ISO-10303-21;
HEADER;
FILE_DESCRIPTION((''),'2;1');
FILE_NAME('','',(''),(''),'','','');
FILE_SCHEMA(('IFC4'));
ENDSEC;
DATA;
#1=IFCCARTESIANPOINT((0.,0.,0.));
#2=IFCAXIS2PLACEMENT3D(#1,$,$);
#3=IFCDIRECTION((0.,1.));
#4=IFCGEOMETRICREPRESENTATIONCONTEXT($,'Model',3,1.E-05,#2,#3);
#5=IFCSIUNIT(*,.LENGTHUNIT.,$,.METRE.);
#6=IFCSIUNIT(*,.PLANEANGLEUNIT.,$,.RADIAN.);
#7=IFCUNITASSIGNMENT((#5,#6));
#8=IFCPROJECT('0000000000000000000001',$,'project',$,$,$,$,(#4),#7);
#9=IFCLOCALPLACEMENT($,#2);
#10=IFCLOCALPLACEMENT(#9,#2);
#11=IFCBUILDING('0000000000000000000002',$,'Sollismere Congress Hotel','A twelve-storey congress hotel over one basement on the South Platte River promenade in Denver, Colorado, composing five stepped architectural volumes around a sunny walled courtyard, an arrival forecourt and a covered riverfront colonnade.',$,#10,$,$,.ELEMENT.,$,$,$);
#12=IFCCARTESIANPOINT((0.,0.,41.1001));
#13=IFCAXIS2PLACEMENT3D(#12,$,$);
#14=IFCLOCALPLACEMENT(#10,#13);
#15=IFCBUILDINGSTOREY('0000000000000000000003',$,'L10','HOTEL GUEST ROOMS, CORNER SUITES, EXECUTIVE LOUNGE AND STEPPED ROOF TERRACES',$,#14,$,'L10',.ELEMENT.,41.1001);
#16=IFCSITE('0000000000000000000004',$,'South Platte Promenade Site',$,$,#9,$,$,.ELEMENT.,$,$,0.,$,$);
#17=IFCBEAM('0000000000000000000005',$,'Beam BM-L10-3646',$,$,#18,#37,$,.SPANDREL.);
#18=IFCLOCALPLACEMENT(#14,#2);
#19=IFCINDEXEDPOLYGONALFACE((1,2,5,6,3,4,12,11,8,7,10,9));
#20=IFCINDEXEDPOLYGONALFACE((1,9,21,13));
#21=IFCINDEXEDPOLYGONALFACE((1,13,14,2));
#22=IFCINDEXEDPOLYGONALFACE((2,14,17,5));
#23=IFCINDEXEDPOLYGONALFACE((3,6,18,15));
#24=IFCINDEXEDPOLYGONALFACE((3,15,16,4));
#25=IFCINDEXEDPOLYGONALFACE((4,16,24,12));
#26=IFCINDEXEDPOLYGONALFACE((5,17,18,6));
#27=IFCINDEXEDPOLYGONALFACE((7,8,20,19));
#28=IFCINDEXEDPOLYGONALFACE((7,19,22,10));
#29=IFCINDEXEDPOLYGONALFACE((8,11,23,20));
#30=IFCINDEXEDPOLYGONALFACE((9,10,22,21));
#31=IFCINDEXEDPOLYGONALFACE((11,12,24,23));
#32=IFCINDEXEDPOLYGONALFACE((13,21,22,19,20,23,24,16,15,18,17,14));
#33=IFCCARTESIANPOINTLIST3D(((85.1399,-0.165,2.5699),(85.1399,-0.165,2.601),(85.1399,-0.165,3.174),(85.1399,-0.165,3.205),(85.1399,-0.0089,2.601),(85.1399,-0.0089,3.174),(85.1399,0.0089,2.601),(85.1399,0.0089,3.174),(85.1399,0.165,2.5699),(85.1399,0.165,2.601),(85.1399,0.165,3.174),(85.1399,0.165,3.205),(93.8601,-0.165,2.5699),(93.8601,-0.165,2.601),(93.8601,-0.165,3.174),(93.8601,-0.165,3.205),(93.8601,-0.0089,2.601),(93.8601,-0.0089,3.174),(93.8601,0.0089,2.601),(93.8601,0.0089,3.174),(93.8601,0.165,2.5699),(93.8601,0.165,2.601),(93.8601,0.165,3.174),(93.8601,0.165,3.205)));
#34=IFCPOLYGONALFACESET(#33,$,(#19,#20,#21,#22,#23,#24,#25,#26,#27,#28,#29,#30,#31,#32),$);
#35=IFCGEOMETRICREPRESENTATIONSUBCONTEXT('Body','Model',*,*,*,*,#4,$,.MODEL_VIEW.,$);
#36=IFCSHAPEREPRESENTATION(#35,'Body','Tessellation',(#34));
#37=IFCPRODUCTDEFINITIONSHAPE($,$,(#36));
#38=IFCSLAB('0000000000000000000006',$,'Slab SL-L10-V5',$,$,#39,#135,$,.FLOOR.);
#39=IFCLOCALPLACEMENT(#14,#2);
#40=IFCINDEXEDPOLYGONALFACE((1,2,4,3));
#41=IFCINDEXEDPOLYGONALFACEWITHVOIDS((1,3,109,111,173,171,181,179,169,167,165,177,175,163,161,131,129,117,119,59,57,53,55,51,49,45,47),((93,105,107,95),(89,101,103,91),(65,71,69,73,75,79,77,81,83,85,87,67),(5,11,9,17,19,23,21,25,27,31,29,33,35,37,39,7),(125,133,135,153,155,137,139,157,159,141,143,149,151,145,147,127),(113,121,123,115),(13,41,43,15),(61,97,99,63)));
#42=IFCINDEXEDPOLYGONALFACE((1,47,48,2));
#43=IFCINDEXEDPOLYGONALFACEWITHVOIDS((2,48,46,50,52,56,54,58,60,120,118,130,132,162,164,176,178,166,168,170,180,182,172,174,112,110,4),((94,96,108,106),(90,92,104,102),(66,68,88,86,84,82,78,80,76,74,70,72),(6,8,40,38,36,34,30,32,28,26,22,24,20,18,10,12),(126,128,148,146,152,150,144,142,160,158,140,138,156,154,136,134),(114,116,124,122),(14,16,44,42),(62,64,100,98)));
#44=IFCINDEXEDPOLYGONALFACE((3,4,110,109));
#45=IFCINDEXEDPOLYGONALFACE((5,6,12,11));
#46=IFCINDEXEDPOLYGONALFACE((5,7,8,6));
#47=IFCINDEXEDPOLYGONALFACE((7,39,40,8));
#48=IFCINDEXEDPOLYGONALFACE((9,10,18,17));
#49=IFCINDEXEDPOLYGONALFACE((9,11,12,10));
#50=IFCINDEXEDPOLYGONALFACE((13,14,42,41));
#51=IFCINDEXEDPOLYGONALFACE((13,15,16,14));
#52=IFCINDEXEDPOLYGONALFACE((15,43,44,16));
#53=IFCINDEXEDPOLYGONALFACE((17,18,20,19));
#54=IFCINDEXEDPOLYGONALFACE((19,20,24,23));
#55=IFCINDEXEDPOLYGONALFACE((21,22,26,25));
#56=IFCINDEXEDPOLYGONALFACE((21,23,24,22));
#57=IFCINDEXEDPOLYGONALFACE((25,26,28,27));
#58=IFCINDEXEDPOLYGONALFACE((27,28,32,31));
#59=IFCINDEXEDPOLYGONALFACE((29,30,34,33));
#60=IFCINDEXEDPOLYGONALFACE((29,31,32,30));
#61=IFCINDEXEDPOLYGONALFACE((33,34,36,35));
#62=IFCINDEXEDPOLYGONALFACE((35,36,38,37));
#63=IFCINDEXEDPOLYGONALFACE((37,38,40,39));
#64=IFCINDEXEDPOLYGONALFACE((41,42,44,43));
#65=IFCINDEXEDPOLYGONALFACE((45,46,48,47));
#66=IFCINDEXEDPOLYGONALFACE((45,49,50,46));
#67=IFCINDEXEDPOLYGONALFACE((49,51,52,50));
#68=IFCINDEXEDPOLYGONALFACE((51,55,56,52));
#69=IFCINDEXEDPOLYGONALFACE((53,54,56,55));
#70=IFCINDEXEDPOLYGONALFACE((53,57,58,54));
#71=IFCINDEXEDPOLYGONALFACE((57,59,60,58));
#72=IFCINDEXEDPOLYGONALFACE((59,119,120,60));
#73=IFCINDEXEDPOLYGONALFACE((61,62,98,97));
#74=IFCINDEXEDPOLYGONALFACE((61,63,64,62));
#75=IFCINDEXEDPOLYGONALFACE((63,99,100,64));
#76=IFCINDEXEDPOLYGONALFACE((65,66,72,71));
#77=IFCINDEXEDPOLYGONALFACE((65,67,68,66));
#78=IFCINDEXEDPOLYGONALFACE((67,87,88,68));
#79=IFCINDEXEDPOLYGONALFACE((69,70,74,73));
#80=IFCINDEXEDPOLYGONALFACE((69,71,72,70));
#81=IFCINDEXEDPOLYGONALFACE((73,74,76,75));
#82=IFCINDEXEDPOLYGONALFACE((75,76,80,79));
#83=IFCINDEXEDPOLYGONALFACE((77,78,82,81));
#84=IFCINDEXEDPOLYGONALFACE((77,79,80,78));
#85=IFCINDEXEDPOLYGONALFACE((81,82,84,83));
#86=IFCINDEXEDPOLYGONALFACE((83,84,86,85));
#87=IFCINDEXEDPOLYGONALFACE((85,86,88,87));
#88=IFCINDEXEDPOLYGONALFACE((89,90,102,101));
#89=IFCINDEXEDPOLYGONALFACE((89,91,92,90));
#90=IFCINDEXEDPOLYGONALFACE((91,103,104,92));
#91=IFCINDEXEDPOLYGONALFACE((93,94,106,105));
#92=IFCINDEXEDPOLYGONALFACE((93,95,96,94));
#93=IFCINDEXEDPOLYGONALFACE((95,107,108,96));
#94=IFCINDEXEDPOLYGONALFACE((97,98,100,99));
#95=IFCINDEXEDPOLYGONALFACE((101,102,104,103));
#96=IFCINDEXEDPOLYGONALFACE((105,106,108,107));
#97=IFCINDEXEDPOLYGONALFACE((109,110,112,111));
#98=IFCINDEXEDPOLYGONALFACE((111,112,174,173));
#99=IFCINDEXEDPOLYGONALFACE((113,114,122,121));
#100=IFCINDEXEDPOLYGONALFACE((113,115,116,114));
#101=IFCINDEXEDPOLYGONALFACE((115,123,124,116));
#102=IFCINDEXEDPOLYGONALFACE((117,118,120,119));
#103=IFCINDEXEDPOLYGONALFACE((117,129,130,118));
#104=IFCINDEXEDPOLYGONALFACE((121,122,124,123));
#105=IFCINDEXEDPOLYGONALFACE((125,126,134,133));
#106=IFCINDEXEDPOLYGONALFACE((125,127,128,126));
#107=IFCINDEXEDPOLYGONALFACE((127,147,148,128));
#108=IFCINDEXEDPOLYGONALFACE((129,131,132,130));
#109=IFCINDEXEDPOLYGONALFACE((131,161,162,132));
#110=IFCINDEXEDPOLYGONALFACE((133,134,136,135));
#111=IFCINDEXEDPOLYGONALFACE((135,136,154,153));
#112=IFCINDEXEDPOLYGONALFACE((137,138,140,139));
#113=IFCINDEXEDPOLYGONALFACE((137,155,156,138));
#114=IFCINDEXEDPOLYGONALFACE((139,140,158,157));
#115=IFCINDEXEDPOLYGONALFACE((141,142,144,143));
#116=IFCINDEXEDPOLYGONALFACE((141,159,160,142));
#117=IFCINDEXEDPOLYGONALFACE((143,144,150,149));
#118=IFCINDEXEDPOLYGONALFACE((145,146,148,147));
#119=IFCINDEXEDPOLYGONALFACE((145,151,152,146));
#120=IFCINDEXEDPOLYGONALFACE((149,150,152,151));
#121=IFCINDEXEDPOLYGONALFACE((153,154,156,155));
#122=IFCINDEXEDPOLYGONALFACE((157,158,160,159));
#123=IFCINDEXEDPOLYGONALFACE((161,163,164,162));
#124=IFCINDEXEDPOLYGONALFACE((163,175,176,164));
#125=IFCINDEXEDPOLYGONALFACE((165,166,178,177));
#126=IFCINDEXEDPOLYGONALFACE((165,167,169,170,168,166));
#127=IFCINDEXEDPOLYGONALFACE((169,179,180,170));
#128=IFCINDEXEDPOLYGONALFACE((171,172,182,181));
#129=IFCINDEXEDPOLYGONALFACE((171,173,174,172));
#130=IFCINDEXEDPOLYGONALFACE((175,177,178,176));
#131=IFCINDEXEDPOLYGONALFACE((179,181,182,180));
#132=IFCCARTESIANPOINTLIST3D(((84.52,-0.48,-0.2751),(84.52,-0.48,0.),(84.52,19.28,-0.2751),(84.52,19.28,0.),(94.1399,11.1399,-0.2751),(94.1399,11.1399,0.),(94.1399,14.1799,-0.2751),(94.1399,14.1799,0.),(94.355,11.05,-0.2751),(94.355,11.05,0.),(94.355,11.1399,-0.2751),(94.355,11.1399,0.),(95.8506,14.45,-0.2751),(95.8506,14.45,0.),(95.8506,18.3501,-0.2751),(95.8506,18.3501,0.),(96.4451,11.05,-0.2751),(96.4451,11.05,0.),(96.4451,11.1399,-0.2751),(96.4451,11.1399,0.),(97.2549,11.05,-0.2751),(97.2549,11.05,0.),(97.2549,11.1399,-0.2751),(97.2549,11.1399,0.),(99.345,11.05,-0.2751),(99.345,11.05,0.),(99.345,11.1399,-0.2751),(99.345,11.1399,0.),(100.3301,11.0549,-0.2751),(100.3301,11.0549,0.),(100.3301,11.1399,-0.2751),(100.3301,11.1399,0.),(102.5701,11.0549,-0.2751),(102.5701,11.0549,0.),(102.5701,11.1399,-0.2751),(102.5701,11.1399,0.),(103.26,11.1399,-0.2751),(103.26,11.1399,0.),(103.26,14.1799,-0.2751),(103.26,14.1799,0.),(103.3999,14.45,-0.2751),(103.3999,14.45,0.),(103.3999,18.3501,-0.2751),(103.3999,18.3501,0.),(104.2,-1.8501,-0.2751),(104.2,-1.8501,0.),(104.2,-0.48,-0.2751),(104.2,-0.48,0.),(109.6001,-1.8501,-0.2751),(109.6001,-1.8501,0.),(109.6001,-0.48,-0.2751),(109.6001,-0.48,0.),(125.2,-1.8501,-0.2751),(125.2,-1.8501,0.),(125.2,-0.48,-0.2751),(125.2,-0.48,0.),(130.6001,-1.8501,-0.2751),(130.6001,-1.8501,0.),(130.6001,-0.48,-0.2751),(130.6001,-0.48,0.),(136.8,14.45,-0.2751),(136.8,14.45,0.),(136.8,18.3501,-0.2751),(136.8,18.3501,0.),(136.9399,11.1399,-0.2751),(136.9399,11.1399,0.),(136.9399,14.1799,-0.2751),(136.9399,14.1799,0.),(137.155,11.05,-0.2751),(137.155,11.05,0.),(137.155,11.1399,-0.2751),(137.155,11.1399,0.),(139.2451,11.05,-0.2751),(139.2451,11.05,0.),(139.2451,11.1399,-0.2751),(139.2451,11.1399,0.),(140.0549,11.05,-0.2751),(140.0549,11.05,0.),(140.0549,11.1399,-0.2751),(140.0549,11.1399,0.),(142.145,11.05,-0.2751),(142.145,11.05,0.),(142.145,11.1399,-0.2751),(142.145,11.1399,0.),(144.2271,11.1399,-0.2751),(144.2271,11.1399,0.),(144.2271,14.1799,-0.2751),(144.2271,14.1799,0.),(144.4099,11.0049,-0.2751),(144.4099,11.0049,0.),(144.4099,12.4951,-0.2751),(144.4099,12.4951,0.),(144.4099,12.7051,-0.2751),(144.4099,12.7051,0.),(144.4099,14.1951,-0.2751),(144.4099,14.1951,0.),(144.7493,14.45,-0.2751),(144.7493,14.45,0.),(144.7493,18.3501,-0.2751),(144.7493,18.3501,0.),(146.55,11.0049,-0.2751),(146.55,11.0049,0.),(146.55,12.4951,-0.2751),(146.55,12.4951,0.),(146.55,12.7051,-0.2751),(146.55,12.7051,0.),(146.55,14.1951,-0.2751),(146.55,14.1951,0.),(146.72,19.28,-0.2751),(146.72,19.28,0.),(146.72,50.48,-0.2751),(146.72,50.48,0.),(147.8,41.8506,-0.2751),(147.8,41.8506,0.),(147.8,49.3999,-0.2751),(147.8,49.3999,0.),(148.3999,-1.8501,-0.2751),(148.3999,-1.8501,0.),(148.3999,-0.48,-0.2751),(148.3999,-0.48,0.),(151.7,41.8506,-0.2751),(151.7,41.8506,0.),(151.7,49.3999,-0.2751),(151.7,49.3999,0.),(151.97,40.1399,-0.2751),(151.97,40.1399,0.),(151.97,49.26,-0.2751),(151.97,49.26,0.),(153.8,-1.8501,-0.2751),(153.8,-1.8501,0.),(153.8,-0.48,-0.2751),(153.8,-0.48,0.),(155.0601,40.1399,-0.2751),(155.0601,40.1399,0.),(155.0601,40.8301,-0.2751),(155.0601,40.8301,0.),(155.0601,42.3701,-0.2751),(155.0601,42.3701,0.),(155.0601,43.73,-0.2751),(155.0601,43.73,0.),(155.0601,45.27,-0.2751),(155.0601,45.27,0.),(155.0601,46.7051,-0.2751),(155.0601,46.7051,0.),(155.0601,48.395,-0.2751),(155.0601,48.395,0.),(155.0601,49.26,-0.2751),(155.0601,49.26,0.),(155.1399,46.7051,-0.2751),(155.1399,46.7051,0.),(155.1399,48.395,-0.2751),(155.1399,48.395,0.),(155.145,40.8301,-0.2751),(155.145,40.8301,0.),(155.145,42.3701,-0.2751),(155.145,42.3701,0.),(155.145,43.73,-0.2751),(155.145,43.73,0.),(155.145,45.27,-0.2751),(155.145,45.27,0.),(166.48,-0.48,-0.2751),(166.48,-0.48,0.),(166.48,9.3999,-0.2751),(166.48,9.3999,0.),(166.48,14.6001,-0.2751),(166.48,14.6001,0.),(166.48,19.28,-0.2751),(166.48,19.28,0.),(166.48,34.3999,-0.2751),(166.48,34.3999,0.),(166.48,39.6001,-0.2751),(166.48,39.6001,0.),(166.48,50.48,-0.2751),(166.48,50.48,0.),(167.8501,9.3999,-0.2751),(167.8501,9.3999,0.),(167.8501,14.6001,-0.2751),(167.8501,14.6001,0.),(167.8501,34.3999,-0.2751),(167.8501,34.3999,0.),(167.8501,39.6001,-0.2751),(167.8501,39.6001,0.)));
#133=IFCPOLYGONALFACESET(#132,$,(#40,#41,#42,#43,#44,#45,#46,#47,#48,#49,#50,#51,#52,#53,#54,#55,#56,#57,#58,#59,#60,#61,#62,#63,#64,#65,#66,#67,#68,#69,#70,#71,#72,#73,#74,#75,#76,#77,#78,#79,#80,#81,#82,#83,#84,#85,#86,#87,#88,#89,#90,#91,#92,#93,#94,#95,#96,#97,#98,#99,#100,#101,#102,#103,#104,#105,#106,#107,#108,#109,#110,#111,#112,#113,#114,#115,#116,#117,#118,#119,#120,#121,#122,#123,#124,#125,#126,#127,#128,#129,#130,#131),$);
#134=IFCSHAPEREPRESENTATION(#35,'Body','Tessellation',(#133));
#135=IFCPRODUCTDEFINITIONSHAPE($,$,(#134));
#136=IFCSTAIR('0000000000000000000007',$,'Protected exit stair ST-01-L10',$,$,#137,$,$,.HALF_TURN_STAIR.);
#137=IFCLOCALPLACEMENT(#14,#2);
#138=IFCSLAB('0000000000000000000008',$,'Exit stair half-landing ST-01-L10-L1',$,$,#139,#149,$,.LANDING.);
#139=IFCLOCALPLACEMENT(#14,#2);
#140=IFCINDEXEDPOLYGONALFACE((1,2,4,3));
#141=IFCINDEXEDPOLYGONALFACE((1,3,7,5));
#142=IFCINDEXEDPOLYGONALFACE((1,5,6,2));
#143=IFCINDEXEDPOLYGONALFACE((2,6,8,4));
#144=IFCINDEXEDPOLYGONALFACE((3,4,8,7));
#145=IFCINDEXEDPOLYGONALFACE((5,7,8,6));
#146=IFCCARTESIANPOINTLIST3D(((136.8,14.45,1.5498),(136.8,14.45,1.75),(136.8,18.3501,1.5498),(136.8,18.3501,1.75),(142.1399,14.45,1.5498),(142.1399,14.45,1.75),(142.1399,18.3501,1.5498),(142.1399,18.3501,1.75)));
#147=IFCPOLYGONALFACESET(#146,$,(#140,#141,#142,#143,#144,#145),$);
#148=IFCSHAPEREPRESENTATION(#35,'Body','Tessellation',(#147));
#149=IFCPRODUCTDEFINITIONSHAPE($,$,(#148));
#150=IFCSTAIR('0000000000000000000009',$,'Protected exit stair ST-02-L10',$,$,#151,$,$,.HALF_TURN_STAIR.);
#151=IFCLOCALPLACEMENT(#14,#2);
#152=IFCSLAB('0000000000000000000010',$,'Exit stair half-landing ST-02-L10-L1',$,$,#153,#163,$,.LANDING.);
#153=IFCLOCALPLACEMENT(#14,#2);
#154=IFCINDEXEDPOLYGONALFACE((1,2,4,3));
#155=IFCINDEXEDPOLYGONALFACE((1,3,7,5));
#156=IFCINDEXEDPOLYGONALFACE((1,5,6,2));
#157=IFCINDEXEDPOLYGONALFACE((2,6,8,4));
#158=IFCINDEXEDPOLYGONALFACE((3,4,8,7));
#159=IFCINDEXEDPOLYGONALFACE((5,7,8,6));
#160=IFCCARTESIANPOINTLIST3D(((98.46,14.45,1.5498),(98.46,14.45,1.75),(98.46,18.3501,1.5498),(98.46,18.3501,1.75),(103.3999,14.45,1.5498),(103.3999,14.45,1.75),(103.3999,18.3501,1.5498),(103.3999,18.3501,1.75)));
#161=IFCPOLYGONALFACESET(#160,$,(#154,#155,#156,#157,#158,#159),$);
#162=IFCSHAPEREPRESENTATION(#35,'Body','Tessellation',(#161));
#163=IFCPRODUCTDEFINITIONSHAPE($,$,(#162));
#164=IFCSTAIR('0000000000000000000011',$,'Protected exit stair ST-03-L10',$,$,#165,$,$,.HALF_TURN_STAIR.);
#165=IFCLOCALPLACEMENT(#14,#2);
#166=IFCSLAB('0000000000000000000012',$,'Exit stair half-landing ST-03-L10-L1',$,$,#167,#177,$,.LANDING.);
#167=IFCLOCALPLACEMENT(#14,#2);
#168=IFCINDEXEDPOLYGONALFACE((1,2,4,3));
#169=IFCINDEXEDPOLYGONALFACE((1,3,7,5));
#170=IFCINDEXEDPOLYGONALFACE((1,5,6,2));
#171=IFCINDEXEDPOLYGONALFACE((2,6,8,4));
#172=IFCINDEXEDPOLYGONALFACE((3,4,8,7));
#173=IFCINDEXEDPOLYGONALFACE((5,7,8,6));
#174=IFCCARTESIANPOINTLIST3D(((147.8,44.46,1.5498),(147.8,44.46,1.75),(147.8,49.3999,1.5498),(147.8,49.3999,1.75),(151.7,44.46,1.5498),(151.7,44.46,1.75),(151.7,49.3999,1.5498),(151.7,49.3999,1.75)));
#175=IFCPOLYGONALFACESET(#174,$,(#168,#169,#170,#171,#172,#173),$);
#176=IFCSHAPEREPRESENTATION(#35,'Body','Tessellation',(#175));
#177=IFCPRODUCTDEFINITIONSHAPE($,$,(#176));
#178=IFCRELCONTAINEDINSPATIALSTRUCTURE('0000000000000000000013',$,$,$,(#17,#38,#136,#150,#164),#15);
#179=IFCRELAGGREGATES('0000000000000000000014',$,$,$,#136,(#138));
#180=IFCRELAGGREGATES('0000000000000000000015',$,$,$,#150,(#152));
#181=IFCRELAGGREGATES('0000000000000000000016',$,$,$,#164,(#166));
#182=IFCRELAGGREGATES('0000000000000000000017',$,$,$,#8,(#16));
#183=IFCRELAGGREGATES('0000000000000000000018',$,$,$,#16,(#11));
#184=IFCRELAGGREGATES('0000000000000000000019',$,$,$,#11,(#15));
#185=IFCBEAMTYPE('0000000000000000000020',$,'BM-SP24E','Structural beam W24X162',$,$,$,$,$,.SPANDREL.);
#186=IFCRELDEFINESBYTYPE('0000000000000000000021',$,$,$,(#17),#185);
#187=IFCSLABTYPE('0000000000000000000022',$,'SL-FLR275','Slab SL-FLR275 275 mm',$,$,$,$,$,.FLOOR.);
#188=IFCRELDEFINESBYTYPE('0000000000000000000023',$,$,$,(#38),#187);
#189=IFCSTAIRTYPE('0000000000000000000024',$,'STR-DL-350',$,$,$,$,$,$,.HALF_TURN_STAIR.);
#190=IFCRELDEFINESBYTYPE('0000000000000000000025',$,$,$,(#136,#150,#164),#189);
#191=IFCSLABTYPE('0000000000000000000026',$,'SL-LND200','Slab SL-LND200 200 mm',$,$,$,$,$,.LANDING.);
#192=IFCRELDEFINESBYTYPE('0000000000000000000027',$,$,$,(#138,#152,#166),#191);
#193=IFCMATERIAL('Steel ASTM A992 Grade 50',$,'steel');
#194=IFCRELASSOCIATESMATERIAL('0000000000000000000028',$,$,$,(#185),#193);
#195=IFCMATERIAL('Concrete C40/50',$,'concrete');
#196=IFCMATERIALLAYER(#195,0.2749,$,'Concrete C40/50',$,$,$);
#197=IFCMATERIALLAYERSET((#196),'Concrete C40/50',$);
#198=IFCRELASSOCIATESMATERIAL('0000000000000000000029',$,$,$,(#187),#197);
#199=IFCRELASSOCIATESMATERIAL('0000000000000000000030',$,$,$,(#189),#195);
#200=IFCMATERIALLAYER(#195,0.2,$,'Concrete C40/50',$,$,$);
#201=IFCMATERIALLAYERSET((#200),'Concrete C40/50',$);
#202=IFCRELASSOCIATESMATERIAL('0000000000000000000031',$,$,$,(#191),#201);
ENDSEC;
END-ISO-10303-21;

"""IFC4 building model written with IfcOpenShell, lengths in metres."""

from ifc_helpers import new_model, si_unit, direction, frame, origin, origin_2d, place, context, subcontext, project, spatial, polyline, i_section, outline, extrude, material, layer, layer_set, material_profile, profile_set, type_object, element, aggregate, save


model = new_model("IFC4")

# Units and contexts
model_context = context("Model", 3, precision=1e-05, world=origin(), true_north=direction((0.0, 1.0)))
body_context = subcontext(model_context, "Body", "Model", "MODEL_VIEW")
ifc_project = project(units=[si_unit("LENGTHUNIT", "METRE"), si_unit("PLANEANGLEUNIT", "RADIAN")], contexts=[model_context])

# Site, building, storey
site_placement = place(None, origin())
site = spatial("IfcSite", under=ifc_project, at=site_placement, Name="South Platte Promenade Site", CompositionType="ELEMENT", RefElevation=0.0)
building_placement = place(site_placement, origin())
building = spatial("IfcBuilding", under=site, at=building_placement, Name="Sollismere Congress Hotel", Description="A twelve-storey congress hotel over one basement on the South Platte River promenade in Denver, Colorado, composing five stepped architectural volumes around a sunny walled courtyard, an arrival forecourt and a covered riverfront colonnade.", CompositionType="ELEMENT")
storey_placement = place(building_placement, frame((0.0, 0.0, 41.1001)))
storey = spatial("IfcBuildingStorey", under=building, at=storey_placement, Name="L10", Description="HOTEL GUEST ROOMS, CORNER SUITES, EXECUTIVE LOUNGE AND STEPPED ROOF TERRACES", LongName="L10", CompositionType="ELEMENT", Elevation=41.1001)

# Shared definitions
ifc_material_1 = material(Name="Steel ASTM A992 Grade 50", Category="steel")

# Beam
ifc_material_profile_1 = material_profile(ifc_material_1, i_section(OverallWidth=0.3301, OverallDepth=0.635, WebThickness=0.0178, FlangeThickness=0.031, at=origin_2d()), Name="W24X162")
ifc_profile_set_1 = profile_set([ifc_material_profile_1], Name="Steel ASTM A992 Grade 50")
beam_type_1 = type_object("IfcBeamType", Name="BM-SP24E", Description="Structural beam W24X162", PredefinedType="SPANDREL", material=ifc_profile_set_1)
beam_1_placement = place(storey_placement, frame((85.1399, 0.0, 2.8875), z_axis=(1.0, 0.0, 0.0), x_axis=(0.0, 1.0, 0.0)))
element("IfcBeam", 1, at=beam_1_placement, inside=storey, type_object=beam_type_1, Name="Beam BM-L10-3646", PredefinedType="SPANDREL", context=body_context, shape_type="SweptSolid", body=[
    extrude(i_section(OverallWidth=0.3301, OverallDepth=0.635, WebThickness=0.0178, FlangeThickness=0.031, at=origin_2d()), origin(), (0.0, 0.0, 1.0), 8.7202),
])

# Slab
ifc_material_2 = material(Name="Concrete C40/50", Category="concrete")
ifc_layer_1 = layer(ifc_material_2, 0.2749, Name="Concrete C40/50")
ifc_layer_set_1 = layer_set([ifc_layer_1], Name="Concrete C40/50")
slab_type_1 = type_object("IfcSlabType", Name="SL-FLR275", Description="Slab SL-FLR275 275 mm", PredefinedType="FLOOR", material=ifc_layer_set_1)
slab_1_placement = place(storey_placement, frame((0.0, 0.0, -0.2751)))
element("IfcSlab", 2, at=slab_1_placement, inside=storey, type_object=slab_type_1, Name="Slab SL-L10-V5", PredefinedType="FLOOR", context=body_context, shape_type="SweptSolid", body=[
    extrude(outline(polyline([(104.2, -0.48), (104.2, -1.8501), (109.6001, -1.8501), (109.6001, -0.48), (125.2, -0.48), (125.2, -1.8501), (130.6001, -1.8501), (130.6001, -0.48), (148.3999, -0.48), (148.3999, -1.8501), (153.8, -1.8501), (153.8, -0.48), (166.48, -0.48), (166.48, 9.3999), (167.8501, 9.3999), (167.8501, 14.6001), (166.48, 14.6001), (166.48, 19.28), (166.48, 34.3999), (167.8501, 34.3999), (167.8501, 39.6001), (166.48, 39.6001), (166.48, 50.48), (146.72, 50.48), (146.72, 19.28), (84.52, 19.28), (84.52, -0.48), (104.2, -0.48)]), holes=[polyline([(94.355, 11.05), (94.355, 11.1399), (94.1399, 11.1399), (94.1399, 14.1799), (103.26, 14.1799), (103.26, 11.1399), (102.5701, 11.1399), (102.5701, 11.0549), (100.3301, 11.0549), (100.3301, 11.1399), (99.345, 11.1399), (99.345, 11.05), (97.2549, 11.05), (97.2549, 11.1399), (96.4451, 11.1399), (96.4451, 11.05), (94.355, 11.05)]), polyline([(137.155, 11.05), (137.155, 11.1399), (136.9399, 11.1399), (136.9399, 14.1799), (144.2271, 14.1799), (144.2271, 11.1399), (142.145, 11.1399), (142.145, 11.05), (140.0549, 11.05), (140.0549, 11.1399), (139.2451, 11.1399), (139.2451, 11.05), (137.155, 11.05)]), polyline([(95.8506, 14.45), (95.8506, 18.3501), (103.3999, 18.3501), (103.3999, 14.45), (95.8506, 14.45)]), polyline([(144.7493, 18.3501), (144.7493, 14.45), (136.8, 14.45), (136.8, 18.3501), (144.7493, 18.3501)]), polyline([(146.55, 11.0049), (144.4099, 11.0049), (144.4099, 12.4951), (146.55, 12.4951), (146.55, 11.0049)]), polyline([(146.55, 12.7051), (144.4099, 12.7051), (144.4099, 14.1951), (146.55, 14.1951), (146.55, 12.7051)]), polyline([(155.145, 40.8301), (155.0601, 40.8301), (155.0601, 40.1399), (151.97, 40.1399), (151.97, 49.26), (155.0601, 49.26), (155.0601, 48.395), (155.1399, 48.395), (155.1399, 46.7051), (155.0601, 46.7051), (155.0601, 45.27), (155.145, 45.27), (155.145, 43.73), (155.0601, 43.73), (155.0601, 42.3701), (155.145, 42.3701), (155.145, 40.8301)]), polyline([(151.7, 41.8506), (147.8, 41.8506), (147.8, 49.3999), (151.7, 49.3999), (151.7, 41.8506)])]), origin(), (0.0, 0.0, 1.0), 0.2751),
])

# Stairs, slabs
stair_type = type_object("IfcStairType", Name="STR-DL-350", PredefinedType="HALF_TURN_STAIR", material=ifc_material_2)
stair_1_placement = place(storey_placement, origin())
stair_1 = element("IfcStair", 3, at=stair_1_placement, inside=storey, type_object=stair_type, Name="Protected exit stair ST-01-L10", PredefinedType="HALF_TURN_STAIR")
ifc_layer_2 = layer(ifc_material_2, 0.2, Name="Concrete C40/50")
ifc_layer_set_2 = layer_set([ifc_layer_2], Name="Concrete C40/50")
slab_type_2 = type_object("IfcSlabType", Name="SL-LND200", Description="Slab SL-LND200 200 mm", PredefinedType="LANDING", material=ifc_layer_set_2)
slab_2_placement = place(storey_placement, frame((0.0, 0.0, 1.5498)))
slab_2 = element("IfcSlab", 4, at=slab_2_placement, type_object=slab_type_2, Name="Exit stair half-landing ST-01-L10-L1", PredefinedType="LANDING", context=body_context, shape_type="SweptSolid", body=[
    extrude(outline(polyline([(142.1399, 18.3501), (136.8, 18.3501), (136.8, 14.45), (142.1399, 14.45), (142.1399, 18.3501)])), origin(), (0.0, 0.0, 1.0), 0.2002),
])
aggregate(stair_1, [slab_2])
stair_2_placement = place(storey_placement, origin())
stair_2 = element("IfcStair", 5, at=stair_2_placement, inside=storey, type_object=stair_type, Name="Protected exit stair ST-02-L10", PredefinedType="HALF_TURN_STAIR")
slab_3_placement = place(storey_placement, frame((0.0, 0.0, 1.5498)))
slab_3 = element("IfcSlab", 6, at=slab_3_placement, type_object=slab_type_2, Name="Exit stair half-landing ST-02-L10-L1", PredefinedType="LANDING", context=body_context, shape_type="SweptSolid", body=[
    extrude(outline(polyline([(98.46, 14.45), (103.3999, 14.45), (103.3999, 18.3501), (98.46, 18.3501), (98.46, 14.45)])), origin(), (0.0, 0.0, 1.0), 0.2002),
])
aggregate(stair_2, [slab_3])
stair_3_placement = place(storey_placement, origin())
stair_3 = element("IfcStair", 7, at=stair_3_placement, inside=storey, type_object=stair_type, Name="Protected exit stair ST-03-L10", PredefinedType="HALF_TURN_STAIR")
slab_4_placement = place(storey_placement, frame((0.0, 0.0, 1.5498)))
slab_4 = element("IfcSlab", 8, at=slab_4_placement, type_object=slab_type_2, Name="Exit stair half-landing ST-03-L10-L1", PredefinedType="LANDING", context=body_context, shape_type="SweptSolid", body=[
    extrude(outline(polyline([(151.7, 44.46), (151.7, 49.3999), (147.8, 49.3999), (147.8, 44.46), (151.7, 44.46)])), origin(), (0.0, 0.0, 1.0), 0.2002),
])
aggregate(stair_3, [slab_4])

save(model, "model.ifc")
